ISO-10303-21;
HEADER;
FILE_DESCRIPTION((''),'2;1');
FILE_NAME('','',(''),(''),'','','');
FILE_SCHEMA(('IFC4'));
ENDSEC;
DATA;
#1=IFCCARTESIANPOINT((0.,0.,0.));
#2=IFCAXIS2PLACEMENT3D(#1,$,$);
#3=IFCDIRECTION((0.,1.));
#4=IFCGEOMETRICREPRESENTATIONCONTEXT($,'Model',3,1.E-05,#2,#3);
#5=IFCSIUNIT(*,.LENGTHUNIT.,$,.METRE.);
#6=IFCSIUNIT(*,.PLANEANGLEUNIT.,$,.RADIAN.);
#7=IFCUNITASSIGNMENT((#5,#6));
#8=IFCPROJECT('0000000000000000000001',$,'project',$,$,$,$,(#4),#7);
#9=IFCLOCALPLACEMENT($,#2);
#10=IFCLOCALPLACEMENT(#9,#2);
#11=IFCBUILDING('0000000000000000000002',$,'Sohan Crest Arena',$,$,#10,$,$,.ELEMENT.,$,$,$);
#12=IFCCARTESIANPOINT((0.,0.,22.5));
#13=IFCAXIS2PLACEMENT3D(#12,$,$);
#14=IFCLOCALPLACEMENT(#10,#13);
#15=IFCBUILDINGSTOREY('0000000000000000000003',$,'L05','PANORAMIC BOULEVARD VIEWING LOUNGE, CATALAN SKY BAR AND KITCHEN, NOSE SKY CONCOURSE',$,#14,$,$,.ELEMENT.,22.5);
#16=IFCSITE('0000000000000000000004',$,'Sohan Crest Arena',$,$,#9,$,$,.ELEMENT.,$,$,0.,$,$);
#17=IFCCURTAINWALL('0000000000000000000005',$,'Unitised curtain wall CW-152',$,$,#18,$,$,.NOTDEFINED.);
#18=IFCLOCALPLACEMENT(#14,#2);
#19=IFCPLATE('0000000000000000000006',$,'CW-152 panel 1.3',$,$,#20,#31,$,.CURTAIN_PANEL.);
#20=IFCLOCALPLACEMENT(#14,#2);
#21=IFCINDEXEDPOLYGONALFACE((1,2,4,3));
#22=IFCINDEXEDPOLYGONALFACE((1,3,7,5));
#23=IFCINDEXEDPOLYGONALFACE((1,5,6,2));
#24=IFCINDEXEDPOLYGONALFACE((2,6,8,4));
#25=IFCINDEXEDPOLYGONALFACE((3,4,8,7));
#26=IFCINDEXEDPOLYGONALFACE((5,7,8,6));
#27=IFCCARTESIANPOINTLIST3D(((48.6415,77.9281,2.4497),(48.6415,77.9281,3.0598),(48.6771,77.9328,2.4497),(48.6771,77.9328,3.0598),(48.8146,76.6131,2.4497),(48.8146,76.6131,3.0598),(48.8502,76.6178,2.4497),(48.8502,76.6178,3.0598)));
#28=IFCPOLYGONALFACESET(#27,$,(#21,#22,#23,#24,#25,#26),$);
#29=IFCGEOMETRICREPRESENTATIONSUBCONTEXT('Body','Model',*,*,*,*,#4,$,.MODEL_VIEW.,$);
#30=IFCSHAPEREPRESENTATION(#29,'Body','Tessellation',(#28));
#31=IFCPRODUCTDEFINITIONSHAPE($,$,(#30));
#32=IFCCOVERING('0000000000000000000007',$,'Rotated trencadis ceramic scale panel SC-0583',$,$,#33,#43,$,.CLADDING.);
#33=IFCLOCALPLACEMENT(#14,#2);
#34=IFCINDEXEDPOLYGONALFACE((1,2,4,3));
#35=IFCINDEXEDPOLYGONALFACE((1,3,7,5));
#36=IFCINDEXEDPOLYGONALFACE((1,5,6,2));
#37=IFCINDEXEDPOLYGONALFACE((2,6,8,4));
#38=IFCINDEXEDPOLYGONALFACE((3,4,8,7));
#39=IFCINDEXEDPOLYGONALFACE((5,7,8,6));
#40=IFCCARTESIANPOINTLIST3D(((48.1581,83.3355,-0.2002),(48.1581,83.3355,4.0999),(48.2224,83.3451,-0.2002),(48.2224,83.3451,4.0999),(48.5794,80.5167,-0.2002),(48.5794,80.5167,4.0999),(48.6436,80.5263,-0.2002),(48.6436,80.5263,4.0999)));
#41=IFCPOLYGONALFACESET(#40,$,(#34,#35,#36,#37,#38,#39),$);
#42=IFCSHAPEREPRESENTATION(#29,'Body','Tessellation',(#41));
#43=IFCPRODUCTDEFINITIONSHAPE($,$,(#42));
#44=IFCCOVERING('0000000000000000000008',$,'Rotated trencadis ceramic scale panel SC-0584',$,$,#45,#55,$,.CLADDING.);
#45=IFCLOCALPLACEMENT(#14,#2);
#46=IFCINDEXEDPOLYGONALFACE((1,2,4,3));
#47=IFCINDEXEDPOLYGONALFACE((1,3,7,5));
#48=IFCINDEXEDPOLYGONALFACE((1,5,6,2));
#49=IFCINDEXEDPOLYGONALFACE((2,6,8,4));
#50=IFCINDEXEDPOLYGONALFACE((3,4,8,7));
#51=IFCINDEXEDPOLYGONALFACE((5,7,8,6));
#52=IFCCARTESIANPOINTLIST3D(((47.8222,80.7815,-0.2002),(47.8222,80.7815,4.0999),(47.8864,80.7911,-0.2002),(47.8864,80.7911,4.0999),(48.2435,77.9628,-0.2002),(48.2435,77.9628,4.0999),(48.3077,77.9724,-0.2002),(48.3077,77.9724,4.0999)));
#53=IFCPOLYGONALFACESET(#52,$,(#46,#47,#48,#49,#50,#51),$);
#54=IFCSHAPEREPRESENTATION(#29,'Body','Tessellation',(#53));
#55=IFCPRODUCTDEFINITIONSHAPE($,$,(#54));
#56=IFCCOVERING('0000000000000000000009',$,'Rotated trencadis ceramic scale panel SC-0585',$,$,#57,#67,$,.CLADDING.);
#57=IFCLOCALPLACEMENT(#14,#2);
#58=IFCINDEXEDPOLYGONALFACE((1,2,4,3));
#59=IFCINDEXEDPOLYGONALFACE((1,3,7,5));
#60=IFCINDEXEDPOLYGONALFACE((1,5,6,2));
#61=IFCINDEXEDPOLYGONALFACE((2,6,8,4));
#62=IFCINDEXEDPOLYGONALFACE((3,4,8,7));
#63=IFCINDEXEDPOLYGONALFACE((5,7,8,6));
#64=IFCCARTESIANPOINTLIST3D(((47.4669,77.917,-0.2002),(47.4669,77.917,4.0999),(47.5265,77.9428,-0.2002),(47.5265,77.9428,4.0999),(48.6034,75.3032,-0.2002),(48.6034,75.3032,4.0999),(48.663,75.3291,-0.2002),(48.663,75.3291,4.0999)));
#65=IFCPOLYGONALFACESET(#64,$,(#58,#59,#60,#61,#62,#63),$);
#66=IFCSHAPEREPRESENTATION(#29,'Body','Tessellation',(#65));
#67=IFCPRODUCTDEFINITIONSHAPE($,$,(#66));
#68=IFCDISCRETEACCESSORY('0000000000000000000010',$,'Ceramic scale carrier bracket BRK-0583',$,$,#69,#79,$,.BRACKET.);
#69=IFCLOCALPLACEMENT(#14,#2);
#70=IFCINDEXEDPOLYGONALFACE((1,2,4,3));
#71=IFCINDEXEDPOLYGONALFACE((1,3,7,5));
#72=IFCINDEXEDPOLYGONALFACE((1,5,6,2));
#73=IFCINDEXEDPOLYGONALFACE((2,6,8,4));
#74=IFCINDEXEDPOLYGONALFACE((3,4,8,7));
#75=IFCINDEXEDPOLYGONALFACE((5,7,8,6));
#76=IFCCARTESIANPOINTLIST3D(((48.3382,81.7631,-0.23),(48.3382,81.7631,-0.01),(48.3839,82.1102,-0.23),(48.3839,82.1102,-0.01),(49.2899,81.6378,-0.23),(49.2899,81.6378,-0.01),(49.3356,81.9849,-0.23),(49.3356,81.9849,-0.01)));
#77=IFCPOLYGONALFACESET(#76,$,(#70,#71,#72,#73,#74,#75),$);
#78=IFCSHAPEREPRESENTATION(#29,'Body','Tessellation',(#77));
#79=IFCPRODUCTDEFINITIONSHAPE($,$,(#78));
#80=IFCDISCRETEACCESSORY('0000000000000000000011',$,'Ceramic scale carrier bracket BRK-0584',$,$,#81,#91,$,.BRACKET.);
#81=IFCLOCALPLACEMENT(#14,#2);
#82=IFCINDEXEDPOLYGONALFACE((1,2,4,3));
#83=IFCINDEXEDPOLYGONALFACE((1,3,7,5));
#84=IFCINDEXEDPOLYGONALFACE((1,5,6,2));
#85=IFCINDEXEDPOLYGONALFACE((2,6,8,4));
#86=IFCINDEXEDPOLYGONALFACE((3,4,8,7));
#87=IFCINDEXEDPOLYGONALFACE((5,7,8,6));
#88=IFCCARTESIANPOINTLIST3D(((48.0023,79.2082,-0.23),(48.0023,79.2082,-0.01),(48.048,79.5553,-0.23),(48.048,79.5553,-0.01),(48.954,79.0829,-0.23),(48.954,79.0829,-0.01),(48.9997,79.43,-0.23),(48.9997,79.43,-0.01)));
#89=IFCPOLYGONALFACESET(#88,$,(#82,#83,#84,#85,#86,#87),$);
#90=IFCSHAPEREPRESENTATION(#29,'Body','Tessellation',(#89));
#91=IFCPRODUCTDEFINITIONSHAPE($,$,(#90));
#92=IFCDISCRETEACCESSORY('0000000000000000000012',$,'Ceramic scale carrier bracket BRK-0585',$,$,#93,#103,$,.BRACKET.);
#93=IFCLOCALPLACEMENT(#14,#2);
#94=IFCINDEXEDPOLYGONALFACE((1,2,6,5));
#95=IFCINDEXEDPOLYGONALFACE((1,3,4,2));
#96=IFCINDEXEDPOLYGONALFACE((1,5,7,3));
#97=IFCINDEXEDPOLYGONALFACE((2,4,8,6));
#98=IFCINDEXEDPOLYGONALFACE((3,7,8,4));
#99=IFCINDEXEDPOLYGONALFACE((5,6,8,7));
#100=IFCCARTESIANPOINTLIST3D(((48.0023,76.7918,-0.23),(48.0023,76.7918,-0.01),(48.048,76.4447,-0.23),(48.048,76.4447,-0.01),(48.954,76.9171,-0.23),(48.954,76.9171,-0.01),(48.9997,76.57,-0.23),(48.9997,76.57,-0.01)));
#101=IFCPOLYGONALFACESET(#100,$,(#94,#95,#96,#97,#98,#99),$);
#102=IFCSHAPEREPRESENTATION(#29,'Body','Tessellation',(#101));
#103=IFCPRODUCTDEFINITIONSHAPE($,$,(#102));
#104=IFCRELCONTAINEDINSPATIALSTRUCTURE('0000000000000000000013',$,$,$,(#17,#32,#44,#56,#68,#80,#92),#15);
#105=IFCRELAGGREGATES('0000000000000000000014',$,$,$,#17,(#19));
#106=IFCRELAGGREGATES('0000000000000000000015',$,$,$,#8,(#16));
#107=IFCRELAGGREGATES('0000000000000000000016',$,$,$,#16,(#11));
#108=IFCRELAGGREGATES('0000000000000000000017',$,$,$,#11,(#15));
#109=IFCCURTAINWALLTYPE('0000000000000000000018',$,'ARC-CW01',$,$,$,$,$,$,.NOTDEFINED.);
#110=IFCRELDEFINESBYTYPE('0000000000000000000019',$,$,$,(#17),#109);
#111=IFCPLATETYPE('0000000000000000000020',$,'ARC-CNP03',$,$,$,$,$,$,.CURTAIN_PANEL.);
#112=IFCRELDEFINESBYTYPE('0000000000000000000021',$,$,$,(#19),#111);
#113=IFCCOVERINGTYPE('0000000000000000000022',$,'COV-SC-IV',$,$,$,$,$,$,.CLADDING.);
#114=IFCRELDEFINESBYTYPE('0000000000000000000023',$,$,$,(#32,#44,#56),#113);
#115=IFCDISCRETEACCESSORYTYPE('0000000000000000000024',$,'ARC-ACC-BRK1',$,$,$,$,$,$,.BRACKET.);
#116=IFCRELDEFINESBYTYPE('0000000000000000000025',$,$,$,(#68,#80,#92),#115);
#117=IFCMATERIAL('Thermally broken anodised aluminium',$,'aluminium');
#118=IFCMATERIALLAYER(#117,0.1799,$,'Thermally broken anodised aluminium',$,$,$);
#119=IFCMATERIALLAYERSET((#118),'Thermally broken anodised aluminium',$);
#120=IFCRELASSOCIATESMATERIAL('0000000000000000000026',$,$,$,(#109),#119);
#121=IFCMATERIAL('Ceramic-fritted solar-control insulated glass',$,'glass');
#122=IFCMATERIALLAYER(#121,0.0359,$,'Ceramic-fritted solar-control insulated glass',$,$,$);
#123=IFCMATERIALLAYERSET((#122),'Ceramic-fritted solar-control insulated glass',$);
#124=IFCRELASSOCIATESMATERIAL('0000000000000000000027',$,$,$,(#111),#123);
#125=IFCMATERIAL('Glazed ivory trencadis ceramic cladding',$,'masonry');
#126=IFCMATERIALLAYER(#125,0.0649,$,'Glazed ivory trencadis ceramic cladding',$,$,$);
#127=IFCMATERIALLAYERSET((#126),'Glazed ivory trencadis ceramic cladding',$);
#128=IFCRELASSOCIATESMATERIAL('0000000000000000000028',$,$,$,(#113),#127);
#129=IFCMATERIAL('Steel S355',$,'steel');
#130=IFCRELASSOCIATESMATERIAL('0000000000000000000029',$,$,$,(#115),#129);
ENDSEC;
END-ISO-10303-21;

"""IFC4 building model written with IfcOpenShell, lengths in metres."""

from ifc_helpers import new_model, si_unit, direction, frame, origin, origin_2d, place, context, subcontext, project, spatial, rectangle, extrude, material, layer, layer_set, type_object, element, aggregate, save


model = new_model("IFC4")

# Units and contexts
model_context = context("Model", 3, precision=1e-05, world=origin(), true_north=direction((0.0, 1.0)))
body_context = subcontext(model_context, "Body", "Model", "MODEL_VIEW")
ifc_project = project(units=[si_unit("LENGTHUNIT", "METRE"), si_unit("PLANEANGLEUNIT", "RADIAN")], contexts=[model_context])

# Site, building, storey
site_placement = place(None, origin())
site = spatial("IfcSite", under=ifc_project, at=site_placement, Name="Sohan Crest Arena", CompositionType="ELEMENT", RefElevation=0.0)
building_placement = place(site_placement, origin())
building = spatial("IfcBuilding", under=site, at=building_placement, Name="Sohan Crest Arena", CompositionType="ELEMENT")
storey_placement = place(building_placement, frame((0.0, 0.0, 22.5)))
storey = spatial("IfcBuildingStorey", under=building, at=storey_placement, Name="L05", Description="PANORAMIC BOULEVARD VIEWING LOUNGE, CATALAN SKY BAR AND KITCHEN, NOSE SKY CONCOURSE", CompositionType="ELEMENT", Elevation=22.5)

# Shared definitions
ifc_material_1 = material(Name="Thermally broken anodised aluminium", Category="aluminium")

# Curtain wall
ifc_layer_1 = layer(ifc_material_1, 0.1799, Name="Thermally broken anodised aluminium")
ifc_layer_set_1 = layer_set([ifc_layer_1], Name="Thermally broken anodised aluminium")
curtain_wall_type_1 = type_object("IfcCurtainWallType", Name="ARC-CW01", PredefinedType="NOTDEFINED", material=ifc_layer_set_1)
curtain_wall_1_placement = place(storey_placement, origin())
curtain_wall_1 = element("IfcCurtainWall", 1, at=curtain_wall_1_placement, inside=storey, type_object=curtain_wall_type_1, Name="Unitised curtain wall CW-152", PredefinedType="NOTDEFINED")

# Plate
ifc_material_2 = material(Name="Ceramic-fritted solar-control insulated glass", Category="glass")
ifc_layer_2 = layer(ifc_material_2, 0.0359, Name="Ceramic-fritted solar-control insulated glass")
ifc_layer_set_2 = layer_set([ifc_layer_2], Name="Ceramic-fritted solar-control insulated glass")
plate_type_1 = type_object("IfcPlateType", Name="ARC-CNP03", PredefinedType="CURTAIN_PANEL", material=ifc_layer_set_2)
plate_1_placement = place(storey_placement, frame((48.7458, 77.2729, 2.4497), z_axis=(0.0, 0.0, 1.0), x_axis=(0.130557, -0.991441, 0.0)))
plate_1 = element("IfcPlate", 2, at=plate_1_placement, type_object=plate_type_1, Name="CW-152 panel 1.3", PredefinedType="CURTAIN_PANEL", context=body_context, shape_type="SweptSolid", body=[
    extrude(rectangle(XDim=1.3264, YDim=0.0359, at=origin_2d()), origin(), (0.0, 0.0, 1.0), 0.6101),
])
aggregate(curtain_wall_1, [plate_1])

# Coverings
ifc_material_3 = material(Name="Glazed ivory trencadis ceramic cladding", Category="masonry")
ifc_layer_3 = layer(ifc_material_3, 0.0649, Name="Glazed ivory trencadis ceramic cladding")
ifc_layer_set_3 = layer_set([ifc_layer_3], Name="Glazed ivory trencadis ceramic cladding")
covering_type = type_object("IfcCoveringType", Name="COV-SC-IV", PredefinedType="CLADDING", material=ifc_layer_set_3)
for number, where, z_axis, x_axis, name in (
    (3, (48.4009, 81.9309, -0.2002), (0.0, 0.0, 1.0), (0.147809, -0.989016, 0.0), "Rotated trencadis ceramic scale panel SC-0583"),
    (4, (48.0649, 79.377, -0.2002), (0.0, 0.0, 1.0), (0.147809, -0.989016, 0.0), "Rotated trencadis ceramic scale panel SC-0584"),
    (5, (48.0649, 76.623, -0.2002), (0.0, 0.0, 1.0), (0.398749, -0.91706, 0.0), "Rotated trencadis ceramic scale panel SC-0585"),
):
    element("IfcCovering", number, at=place(storey_placement, frame(where, z_axis=z_axis, x_axis=x_axis)), inside=storey, type_object=covering_type, Name=name, PredefinedType="CLADDING", context=body_context, shape_type="SweptSolid", body=[
        extrude(rectangle(XDim=2.8501, YDim=0.0649, at=origin_2d()), origin(), (0.0, 0.0, 1.0), 4.3),
    ])

# Discrete accessories
ifc_material_4 = material(Name="Steel S355", Category="steel")
discrete_accessory_type = type_object("IfcDiscreteAccessoryType", Name="ARC-ACC-BRK1", PredefinedType="BRACKET", material=ifc_material_4)
for number, where, z_axis, x_axis, name in (
    (6, (48.8369, 81.874, -0.23), (0.0, 0.0, 1.0), (-0.130526, -0.991445, 0.0), "Ceramic scale carrier bracket BRK-0583"),
    (7, (48.501, 79.3191, -0.23), (0.0, 0.0, 1.0), (-0.130526, -0.991445, 0.0), "Ceramic scale carrier bracket BRK-0584"),
    (8, (48.501, 76.6809, -0.23), (0.0, 0.0, 1.0), (0.130526, -0.991445, 0.0), "Ceramic scale carrier bracket BRK-0585"),
):
    element("IfcDiscreteAccessory", number, at=place(storey_placement, frame(where, z_axis=z_axis, x_axis=x_axis)), inside=storey, type_object=discrete_accessory_type, Name=name, PredefinedType="BRACKET", context=body_context, shape_type="SweptSolid", body=[
        extrude(rectangle(XDim=0.3501, YDim=0.96, at=origin_2d()), origin(), (0.0, 0.0, 1.0), 0.22),
    ])

save(model, "model.ifc")
